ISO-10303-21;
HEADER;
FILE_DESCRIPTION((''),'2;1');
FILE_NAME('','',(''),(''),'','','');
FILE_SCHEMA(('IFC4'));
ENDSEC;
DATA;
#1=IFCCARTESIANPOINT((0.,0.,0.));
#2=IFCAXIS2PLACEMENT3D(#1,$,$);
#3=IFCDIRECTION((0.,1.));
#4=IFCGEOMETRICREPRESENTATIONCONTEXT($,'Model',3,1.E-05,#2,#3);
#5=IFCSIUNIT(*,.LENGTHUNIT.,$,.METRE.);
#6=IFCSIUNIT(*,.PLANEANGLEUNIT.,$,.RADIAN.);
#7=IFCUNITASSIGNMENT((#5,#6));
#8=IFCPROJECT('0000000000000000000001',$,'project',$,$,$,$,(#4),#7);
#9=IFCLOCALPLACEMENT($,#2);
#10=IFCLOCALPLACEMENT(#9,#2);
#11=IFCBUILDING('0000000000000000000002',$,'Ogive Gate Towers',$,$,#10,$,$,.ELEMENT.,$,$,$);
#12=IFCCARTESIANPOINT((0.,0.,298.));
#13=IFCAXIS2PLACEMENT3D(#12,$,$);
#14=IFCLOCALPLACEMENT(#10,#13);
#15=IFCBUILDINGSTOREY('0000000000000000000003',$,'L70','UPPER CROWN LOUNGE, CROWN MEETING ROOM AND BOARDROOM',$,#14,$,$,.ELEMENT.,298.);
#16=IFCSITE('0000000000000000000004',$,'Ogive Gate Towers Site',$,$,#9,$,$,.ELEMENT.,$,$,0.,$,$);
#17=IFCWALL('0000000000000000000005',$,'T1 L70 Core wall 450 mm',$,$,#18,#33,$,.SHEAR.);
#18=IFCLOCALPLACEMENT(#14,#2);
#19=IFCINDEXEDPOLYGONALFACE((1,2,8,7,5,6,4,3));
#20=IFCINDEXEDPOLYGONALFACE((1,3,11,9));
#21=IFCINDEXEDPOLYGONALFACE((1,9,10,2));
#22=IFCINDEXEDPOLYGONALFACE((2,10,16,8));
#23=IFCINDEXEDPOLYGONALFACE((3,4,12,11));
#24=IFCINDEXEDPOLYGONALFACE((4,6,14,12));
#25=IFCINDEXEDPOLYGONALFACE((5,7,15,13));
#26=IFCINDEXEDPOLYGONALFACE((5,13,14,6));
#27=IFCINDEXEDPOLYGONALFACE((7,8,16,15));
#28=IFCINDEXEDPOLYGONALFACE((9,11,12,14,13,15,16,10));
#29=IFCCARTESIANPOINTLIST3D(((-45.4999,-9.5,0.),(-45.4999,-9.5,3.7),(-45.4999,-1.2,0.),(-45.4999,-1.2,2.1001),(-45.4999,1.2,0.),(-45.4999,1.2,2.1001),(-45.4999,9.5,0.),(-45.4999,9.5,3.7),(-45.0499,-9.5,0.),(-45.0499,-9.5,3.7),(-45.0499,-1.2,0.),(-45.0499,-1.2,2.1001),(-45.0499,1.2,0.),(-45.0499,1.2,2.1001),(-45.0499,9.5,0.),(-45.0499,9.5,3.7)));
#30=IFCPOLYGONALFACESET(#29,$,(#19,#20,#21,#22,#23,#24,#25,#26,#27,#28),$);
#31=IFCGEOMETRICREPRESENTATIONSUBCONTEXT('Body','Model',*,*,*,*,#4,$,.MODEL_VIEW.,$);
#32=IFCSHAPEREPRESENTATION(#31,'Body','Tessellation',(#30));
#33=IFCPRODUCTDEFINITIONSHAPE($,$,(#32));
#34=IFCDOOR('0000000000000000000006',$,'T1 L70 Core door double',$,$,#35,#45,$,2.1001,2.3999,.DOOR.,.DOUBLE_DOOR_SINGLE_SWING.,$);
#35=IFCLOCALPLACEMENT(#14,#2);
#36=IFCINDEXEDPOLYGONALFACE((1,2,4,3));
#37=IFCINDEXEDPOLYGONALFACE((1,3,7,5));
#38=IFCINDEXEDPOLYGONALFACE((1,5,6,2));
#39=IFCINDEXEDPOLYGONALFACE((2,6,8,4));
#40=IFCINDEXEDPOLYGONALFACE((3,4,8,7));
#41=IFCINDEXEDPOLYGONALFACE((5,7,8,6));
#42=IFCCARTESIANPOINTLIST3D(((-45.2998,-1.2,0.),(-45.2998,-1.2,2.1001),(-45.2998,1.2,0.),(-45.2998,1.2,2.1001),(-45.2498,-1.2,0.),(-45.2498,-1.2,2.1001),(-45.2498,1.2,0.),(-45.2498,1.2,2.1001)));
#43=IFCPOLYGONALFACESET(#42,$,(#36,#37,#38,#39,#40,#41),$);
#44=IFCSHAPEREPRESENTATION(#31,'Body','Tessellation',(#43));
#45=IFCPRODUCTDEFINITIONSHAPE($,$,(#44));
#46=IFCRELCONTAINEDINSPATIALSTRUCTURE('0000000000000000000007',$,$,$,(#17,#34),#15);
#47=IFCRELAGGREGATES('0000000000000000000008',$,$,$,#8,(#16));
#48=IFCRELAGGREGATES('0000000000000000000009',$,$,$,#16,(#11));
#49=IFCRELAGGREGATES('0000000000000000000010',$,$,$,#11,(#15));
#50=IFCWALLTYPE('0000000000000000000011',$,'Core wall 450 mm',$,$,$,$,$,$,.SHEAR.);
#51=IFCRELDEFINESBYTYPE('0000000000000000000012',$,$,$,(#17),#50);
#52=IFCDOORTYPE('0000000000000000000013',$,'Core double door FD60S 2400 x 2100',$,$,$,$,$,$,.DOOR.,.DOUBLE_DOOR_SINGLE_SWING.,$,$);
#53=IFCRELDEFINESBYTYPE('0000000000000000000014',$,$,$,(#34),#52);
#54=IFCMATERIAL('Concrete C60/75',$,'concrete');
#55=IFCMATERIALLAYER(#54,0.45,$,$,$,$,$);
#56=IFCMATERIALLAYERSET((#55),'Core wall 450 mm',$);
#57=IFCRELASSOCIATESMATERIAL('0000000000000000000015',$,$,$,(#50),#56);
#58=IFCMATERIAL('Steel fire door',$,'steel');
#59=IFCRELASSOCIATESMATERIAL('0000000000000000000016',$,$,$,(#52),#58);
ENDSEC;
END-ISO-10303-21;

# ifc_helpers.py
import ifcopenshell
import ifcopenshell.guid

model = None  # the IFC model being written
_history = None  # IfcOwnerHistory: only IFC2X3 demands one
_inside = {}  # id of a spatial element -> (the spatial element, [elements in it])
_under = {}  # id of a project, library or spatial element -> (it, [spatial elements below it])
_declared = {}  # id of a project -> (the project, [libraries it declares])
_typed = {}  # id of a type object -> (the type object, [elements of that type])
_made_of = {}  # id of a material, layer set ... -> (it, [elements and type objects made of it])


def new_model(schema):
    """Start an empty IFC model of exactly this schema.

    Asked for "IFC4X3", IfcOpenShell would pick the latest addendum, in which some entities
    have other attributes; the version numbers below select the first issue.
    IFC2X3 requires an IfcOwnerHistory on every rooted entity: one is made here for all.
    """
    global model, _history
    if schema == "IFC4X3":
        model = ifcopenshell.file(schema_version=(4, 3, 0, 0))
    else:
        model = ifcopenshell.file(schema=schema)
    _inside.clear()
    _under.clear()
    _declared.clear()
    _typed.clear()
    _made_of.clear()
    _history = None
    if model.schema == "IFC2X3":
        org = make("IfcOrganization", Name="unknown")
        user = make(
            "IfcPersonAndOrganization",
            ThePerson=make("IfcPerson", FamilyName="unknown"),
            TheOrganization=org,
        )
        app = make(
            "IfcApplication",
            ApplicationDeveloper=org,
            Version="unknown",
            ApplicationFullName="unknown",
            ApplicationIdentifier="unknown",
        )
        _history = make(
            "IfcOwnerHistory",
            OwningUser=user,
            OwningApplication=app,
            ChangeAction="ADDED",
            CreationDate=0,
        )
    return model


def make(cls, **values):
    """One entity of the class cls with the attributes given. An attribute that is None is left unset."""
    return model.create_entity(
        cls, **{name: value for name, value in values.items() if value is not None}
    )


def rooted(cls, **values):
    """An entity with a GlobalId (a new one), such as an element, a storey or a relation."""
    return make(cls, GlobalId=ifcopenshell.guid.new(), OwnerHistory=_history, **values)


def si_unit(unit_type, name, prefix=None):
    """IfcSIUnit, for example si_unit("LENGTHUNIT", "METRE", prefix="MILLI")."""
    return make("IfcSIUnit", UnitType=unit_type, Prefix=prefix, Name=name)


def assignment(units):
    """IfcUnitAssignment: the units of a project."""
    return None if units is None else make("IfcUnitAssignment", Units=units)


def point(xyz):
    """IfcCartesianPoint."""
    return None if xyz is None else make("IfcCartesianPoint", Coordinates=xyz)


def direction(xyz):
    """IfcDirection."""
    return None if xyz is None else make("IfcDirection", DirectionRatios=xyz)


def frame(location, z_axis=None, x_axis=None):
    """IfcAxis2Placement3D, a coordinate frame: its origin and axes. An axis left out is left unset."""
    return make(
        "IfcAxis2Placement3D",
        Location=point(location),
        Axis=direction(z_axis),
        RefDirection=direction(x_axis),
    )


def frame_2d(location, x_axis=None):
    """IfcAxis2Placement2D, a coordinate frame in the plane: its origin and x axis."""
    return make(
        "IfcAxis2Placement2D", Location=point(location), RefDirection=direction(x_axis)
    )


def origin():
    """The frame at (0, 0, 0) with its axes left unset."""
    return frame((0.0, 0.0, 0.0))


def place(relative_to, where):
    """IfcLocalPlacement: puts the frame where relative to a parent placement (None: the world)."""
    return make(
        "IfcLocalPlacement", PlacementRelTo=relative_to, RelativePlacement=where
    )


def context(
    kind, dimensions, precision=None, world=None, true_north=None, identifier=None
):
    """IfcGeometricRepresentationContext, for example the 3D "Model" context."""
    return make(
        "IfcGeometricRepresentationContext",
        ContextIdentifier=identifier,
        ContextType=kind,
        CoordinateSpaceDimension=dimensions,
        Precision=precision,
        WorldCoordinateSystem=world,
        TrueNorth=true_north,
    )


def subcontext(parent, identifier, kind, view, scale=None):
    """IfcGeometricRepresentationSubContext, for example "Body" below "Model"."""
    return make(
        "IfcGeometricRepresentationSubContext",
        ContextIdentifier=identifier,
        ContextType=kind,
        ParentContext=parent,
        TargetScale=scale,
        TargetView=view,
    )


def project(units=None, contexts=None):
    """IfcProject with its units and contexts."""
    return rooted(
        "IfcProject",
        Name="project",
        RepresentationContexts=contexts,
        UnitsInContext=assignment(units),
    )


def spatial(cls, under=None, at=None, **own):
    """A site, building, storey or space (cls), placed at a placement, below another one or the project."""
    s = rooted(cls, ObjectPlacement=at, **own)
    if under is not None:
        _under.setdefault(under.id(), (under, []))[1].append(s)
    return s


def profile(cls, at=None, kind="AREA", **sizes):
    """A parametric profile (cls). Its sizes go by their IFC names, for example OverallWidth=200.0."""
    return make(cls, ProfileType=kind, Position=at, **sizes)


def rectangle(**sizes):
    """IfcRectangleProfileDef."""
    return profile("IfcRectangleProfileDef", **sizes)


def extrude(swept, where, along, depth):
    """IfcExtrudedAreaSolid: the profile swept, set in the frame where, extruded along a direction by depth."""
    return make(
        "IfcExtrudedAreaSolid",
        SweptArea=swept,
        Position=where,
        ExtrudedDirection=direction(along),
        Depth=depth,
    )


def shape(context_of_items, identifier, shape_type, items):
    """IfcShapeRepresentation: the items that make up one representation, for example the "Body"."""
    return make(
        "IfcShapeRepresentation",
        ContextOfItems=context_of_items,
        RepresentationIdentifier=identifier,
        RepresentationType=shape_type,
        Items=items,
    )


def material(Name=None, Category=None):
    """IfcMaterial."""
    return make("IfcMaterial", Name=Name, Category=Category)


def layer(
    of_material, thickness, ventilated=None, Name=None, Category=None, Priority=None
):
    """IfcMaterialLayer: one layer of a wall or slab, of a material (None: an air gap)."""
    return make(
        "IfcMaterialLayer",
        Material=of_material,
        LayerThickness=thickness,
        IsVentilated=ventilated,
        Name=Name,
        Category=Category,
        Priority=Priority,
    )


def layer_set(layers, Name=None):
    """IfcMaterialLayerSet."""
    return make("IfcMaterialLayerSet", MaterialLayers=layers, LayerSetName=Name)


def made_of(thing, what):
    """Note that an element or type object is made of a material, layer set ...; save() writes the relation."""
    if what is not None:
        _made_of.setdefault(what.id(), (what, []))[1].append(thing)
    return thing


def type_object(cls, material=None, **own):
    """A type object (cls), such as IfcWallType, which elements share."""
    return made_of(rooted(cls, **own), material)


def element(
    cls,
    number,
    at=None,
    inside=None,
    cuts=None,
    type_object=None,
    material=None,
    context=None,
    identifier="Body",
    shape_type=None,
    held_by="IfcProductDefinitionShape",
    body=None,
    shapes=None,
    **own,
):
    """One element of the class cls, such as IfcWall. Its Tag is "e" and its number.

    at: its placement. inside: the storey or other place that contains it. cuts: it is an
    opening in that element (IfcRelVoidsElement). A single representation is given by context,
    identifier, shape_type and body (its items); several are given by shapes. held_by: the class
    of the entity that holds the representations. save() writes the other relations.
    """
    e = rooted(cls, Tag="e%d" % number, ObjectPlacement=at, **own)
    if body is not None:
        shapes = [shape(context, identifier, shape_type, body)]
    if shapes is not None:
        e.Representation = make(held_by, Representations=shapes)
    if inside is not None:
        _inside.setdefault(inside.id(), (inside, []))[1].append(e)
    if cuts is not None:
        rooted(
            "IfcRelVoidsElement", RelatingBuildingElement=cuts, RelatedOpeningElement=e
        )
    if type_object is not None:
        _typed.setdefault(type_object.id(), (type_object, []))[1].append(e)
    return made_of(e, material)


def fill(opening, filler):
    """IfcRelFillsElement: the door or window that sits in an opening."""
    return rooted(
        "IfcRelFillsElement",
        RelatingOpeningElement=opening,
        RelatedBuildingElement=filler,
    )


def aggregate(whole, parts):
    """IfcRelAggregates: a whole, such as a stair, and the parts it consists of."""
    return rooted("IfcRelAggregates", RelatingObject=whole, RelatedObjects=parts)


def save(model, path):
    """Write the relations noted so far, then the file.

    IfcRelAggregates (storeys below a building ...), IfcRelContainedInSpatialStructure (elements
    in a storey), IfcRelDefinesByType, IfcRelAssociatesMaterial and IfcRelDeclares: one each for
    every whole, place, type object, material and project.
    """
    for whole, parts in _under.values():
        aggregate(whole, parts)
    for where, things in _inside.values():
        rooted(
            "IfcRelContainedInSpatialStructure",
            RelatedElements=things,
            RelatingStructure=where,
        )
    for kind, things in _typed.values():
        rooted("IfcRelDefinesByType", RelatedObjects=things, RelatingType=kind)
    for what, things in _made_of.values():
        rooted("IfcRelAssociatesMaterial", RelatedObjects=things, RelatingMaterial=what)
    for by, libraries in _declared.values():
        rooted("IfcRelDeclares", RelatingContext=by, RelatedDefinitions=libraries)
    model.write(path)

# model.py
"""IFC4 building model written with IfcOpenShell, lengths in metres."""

from ifc_helpers import new_model, si_unit, direction, frame, frame_2d, origin, place, context, subcontext, project, spatial, rectangle, extrude, material, layer, layer_set, type_object, element, fill, save


model = new_model("IFC4")

# Units and contexts
model_context = context("Model", 3, precision=1e-05, world=origin(), true_north=direction((0.0, 1.0)))
body_context = subcontext(model_context, "Body", "Model", "MODEL_VIEW")
ifc_project = project(units=[si_unit("LENGTHUNIT", "METRE"), si_unit("PLANEANGLEUNIT", "RADIAN")], contexts=[model_context])

# Site, building, storey
site_placement = place(None, origin())
site = spatial("IfcSite", under=ifc_project, at=site_placement, Name="Ogive Gate Towers Site", CompositionType="ELEMENT", RefElevation=0.0)
building_placement = place(site_placement, origin())
building = spatial("IfcBuilding", under=site, at=building_placement, Name="Ogive Gate Towers", CompositionType="ELEMENT")
storey_placement = place(building_placement, frame((0.0, 0.0, 298.0)))
storey = spatial("IfcBuildingStorey", under=building, at=storey_placement, Name="L70", Description="UPPER CROWN LOUNGE, CROWN MEETING ROOM AND BOARDROOM", CompositionType="ELEMENT", Elevation=298.0)

# Wall, opening, door
ifc_material_1 = material(Name="Concrete C60/75", Category="concrete")
ifc_layer_1 = layer(ifc_material_1, 0.45)
ifc_layer_set_1 = layer_set([ifc_layer_1], Name="Core wall 450 mm")
wall_type = type_object("IfcWallType", Name="Core wall 450 mm", PredefinedType="SHEAR", material=ifc_layer_set_1)
wall_placement = place(storey_placement, frame((-45.2749, -9.5, 0.0), z_axis=(0.0, 0.0, 1.0), x_axis=(0.0, 1.0, 0.0)))
wall = element("IfcWall", 1, at=wall_placement, inside=storey, type_object=wall_type, Name="T1 L70 Core wall 450 mm", PredefinedType="SHEAR", context=body_context, shape_type="SweptSolid", body=[
    extrude(rectangle(XDim=19.0, YDim=0.45, at=frame_2d((9.5, 0.0))), origin(), (0.0, 0.0, 1.0), 3.7),
])
opening_placement = place(wall_placement, frame((8.3, 0.0, 0.0)))
opening = element("IfcOpeningElement", 2, at=opening_placement, cuts=wall, PredefinedType="OPENING", context=body_context, shape_type="SweptSolid", body=[
    extrude(rectangle(XDim=2.3999, YDim=2.1001, at=frame_2d((1.2, 1.05))), frame((0.0, 0.2349, 0.0), z_axis=(0.0, -1.0, 0.0), x_axis=(1.0, 0.0, 0.0)), (0.0, 0.0, 1.0), 0.47),
])
ifc_material_2 = material(Name="Steel fire door", Category="steel")
door_type = type_object("IfcDoorType", Name="Core double door FD60S 2400 x 2100", OperationType="DOUBLE_DOOR_SINGLE_SWING", PredefinedType="DOOR", material=ifc_material_2)
door_placement = place(opening_placement, origin())
door = element("IfcDoor", 3, at=door_placement, inside=storey, type_object=door_type, Name="T1 L70 Core door double", OperationType="DOUBLE_DOOR_SINGLE_SWING", OverallHeight=2.1001, OverallWidth=2.3999, PredefinedType="DOOR", context=body_context, shape_type="SweptSolid", body=[
    extrude(rectangle(XDim=2.3999, YDim=2.1001, at=frame_2d((1.2, 1.05))), frame((0.0, 0.0249, 0.0), z_axis=(0.0, -1.0, 0.0), x_axis=(1.0, 0.0, 0.0)), (0.0, 0.0, 1.0), 0.05),
])
fill(opening, door)

save(model, "model.ifc")
